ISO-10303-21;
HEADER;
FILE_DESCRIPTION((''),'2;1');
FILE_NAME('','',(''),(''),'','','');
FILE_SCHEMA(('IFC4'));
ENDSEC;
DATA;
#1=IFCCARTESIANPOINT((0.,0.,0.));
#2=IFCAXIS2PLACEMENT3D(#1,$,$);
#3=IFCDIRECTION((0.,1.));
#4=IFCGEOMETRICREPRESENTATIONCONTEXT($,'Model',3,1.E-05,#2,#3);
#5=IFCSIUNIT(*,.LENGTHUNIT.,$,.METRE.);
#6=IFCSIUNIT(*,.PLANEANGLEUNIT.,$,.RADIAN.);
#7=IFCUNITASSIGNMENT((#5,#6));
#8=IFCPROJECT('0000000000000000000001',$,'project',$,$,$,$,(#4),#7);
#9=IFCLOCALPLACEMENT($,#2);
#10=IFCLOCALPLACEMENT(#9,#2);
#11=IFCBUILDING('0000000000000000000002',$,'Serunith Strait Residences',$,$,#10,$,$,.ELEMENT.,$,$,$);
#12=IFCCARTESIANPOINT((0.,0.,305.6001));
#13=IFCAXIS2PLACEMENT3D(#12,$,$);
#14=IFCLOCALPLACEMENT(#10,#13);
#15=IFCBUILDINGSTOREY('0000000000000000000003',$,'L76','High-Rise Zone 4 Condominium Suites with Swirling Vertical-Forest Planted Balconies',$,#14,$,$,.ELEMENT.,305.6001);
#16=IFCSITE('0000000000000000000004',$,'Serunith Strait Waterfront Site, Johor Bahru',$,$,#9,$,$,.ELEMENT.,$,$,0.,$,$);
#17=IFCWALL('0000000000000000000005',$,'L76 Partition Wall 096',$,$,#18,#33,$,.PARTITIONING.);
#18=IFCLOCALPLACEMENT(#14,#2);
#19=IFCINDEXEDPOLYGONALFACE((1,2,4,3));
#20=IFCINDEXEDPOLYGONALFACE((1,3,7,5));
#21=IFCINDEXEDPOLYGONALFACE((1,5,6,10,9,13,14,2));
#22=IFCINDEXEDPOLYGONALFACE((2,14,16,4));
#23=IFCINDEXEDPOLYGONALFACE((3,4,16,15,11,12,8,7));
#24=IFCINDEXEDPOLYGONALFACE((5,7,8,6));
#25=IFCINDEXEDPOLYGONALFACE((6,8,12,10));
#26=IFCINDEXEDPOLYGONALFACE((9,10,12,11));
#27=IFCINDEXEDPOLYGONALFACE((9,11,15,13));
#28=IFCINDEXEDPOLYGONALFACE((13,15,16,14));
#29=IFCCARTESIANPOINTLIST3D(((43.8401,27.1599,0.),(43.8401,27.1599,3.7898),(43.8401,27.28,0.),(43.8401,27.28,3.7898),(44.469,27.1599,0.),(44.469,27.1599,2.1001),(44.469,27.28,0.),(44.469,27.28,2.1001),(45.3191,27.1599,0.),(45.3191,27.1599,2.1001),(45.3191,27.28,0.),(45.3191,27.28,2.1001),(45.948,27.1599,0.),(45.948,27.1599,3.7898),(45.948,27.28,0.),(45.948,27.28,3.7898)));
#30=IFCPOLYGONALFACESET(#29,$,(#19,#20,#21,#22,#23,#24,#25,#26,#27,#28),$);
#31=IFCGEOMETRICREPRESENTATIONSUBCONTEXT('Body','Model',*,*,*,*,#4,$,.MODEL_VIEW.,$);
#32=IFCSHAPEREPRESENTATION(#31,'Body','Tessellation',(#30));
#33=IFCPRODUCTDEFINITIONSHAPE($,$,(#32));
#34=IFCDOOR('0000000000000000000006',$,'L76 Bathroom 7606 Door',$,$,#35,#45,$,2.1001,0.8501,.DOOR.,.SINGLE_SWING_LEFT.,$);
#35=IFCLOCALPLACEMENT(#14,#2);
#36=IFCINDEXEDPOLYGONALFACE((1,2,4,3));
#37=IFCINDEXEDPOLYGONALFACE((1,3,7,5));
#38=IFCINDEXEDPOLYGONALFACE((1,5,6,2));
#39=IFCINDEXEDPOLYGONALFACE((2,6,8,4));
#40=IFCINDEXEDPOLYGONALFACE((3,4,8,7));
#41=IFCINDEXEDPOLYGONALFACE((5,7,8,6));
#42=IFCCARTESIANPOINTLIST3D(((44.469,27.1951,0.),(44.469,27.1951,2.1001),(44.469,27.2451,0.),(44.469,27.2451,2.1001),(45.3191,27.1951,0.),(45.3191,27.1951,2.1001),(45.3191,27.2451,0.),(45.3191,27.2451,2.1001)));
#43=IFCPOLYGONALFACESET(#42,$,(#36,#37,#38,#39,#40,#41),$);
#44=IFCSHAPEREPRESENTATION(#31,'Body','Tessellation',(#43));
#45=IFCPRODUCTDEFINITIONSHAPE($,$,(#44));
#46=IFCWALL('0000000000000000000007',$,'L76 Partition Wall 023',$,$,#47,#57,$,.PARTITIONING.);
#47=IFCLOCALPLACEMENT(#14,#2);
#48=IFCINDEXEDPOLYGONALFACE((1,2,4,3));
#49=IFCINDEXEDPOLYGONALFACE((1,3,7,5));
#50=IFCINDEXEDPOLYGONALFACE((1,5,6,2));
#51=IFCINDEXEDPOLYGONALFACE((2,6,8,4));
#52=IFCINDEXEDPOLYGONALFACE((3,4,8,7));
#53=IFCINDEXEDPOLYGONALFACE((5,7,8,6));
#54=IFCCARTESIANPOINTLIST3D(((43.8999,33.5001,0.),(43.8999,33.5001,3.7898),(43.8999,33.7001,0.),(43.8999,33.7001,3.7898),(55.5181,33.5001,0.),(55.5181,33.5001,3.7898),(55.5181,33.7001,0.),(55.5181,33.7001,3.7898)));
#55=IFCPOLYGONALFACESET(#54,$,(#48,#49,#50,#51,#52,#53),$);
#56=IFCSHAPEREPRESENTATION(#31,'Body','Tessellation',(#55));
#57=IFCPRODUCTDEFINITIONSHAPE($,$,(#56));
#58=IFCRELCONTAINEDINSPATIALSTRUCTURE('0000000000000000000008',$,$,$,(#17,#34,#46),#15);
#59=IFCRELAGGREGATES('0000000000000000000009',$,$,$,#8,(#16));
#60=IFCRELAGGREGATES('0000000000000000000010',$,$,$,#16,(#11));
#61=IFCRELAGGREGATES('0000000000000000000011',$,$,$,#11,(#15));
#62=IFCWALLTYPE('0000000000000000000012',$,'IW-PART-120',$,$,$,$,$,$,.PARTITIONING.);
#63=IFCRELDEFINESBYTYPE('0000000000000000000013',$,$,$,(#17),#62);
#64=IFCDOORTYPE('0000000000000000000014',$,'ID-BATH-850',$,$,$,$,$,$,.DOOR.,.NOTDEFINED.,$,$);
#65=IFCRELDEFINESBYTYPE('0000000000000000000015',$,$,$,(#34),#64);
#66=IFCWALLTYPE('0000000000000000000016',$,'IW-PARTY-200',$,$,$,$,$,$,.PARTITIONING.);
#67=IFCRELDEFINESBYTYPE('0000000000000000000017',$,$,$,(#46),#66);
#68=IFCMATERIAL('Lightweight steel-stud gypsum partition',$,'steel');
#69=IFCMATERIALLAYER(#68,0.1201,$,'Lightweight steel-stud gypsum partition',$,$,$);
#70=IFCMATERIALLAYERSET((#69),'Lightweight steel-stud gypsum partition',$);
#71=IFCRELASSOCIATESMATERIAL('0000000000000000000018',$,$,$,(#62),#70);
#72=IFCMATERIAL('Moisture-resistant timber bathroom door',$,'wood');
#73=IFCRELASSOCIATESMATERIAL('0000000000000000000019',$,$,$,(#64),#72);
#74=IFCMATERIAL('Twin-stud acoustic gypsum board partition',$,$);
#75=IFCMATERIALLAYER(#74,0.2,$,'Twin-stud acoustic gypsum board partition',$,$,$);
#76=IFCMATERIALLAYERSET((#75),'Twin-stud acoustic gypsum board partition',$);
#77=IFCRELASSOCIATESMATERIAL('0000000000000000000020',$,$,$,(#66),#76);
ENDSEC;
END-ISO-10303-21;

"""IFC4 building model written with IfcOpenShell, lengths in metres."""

from ifc_helpers import new_model, si_unit, direction, frame, frame_2d, origin, place, context, subcontext, project, spatial, rectangle, extrude, source, transform, mapped, material, layer, layer_set, type_object, element, fill, save


model = new_model("IFC4")

# Units and contexts
model_context = context("Model", 3, precision=1e-05, world=origin(), true_north=direction((0.0, 1.0)))
body_context = subcontext(model_context, "Body", "Model", "MODEL_VIEW")
ifc_project = project(units=[si_unit("LENGTHUNIT", "METRE"), si_unit("PLANEANGLEUNIT", "RADIAN")], contexts=[model_context])

# Site, building, storey
site_placement = place(None, origin())
site = spatial("IfcSite", under=ifc_project, at=site_placement, Name="Serunith Strait Waterfront Site, Johor Bahru", CompositionType="ELEMENT", RefElevation=0.0)
building_placement = place(site_placement, origin())
building = spatial("IfcBuilding", under=site, at=building_placement, Name="Serunith Strait Residences", CompositionType="ELEMENT")
storey_placement = place(building_placement, frame((0.0, 0.0, 305.6001)))
storey = spatial("IfcBuildingStorey", under=building, at=storey_placement, Name="L76", Description="High-Rise Zone 4 Condominium Suites with Swirling Vertical-Forest Planted Balconies", CompositionType="ELEMENT", Elevation=305.6001)

# Shared definitions
ifc_material_1 = material(Name="Lightweight steel-stud gypsum partition", Category="steel")
ifc_layer_1 = layer(ifc_material_1, 0.1201, Name="Lightweight steel-stud gypsum partition")
ifc_layer_set_1 = layer_set([ifc_layer_1], Name="Lightweight steel-stud gypsum partition")
wall_type_1 = type_object("IfcWallType", Name="IW-PART-120", PredefinedType="PARTITIONING", material=ifc_layer_set_1)

# Shared definitions
ifc_material_2 = material(Name="Moisture-resistant timber bathroom door", Category="wood")
door_type_1 = type_object("IfcDoorType", Name="ID-BATH-850", OperationType="NOTDEFINED", PredefinedType="DOOR", material=ifc_material_2)
shared_shape_1 = source(origin(), body_context, "Body", "SweptSolid", [
    extrude(rectangle(XDim=0.8501, YDim=2.1001, at=frame_2d((0.425, 1.05))), frame((0.0, 0.0249, 0.0), z_axis=(0.0, -1.0, 0.0), x_axis=(1.0, 0.0, 0.0)), (0.0, 0.0, 1.0), 0.05),
])

# Wall, opening, door
wall_1_placement = place(storey_placement, frame((45.948, 27.22, 0.0), z_axis=(0.0, 0.0, 1.0), x_axis=(-1.0, 0.0, 0.0)))
wall_1 = element("IfcWall", 1, at=wall_1_placement, inside=storey, type_object=wall_type_1, Name="L76 Partition Wall 096", PredefinedType="PARTITIONING", context=body_context, shape_type="SweptSolid", body=[
    extrude(rectangle(XDim=2.1079, YDim=0.1201, at=frame_2d((1.054, 0.0))), origin(), (0.0, 0.0, 1.0), 3.7898),
])
opening_1_placement = place(wall_1_placement, frame((0.6289, 0.0, 0.0)))
opening_1 = element("IfcOpeningElement", 2, at=opening_1_placement, cuts=wall_1, PredefinedType="OPENING", context=body_context, shape_type="SweptSolid", body=[
    extrude(rectangle(XDim=0.8501, YDim=2.1001, at=frame_2d((0.425, 1.05))), frame((0.0, 0.0701, 0.0), z_axis=(0.0, -1.0, 0.0), x_axis=(1.0, 0.0, 0.0)), (0.0, 0.0, 1.0), 0.1401),
])
door_1_placement = place(opening_1_placement, origin())
door_1 = element("IfcDoor", 3, at=door_1_placement, inside=storey, type_object=door_type_1, Name="L76 Bathroom 7606 Door", OperationType="SINGLE_SWING_LEFT", OverallHeight=2.1001, OverallWidth=0.8501, PredefinedType="DOOR", context=body_context, shape_type="MappedRepresentation", body=[
    mapped(shared_shape_1, transform((0.0, 0.0, 0.0), scale=1.0)),
])
fill(opening_1, door_1)

# Wall
ifc_material_3 = material(Name="Twin-stud acoustic gypsum board partition")
ifc_layer_2 = layer(ifc_material_3, 0.2, Name="Twin-stud acoustic gypsum board partition")
ifc_layer_set_2 = layer_set([ifc_layer_2], Name="Twin-stud acoustic gypsum board partition")
wall_type_2 = type_object("IfcWallType", Name="IW-PARTY-200", PredefinedType="PARTITIONING", material=ifc_layer_set_2)
wall_2_placement = place(storey_placement, frame((43.8999, 33.6001, 0.0), z_axis=(0.0, 0.0, 1.0), x_axis=(1.0, 0.0, 0.0)))
element("IfcWall", 4, at=wall_2_placement, inside=storey, type_object=wall_type_2, Name="L76 Partition Wall 023", PredefinedType="PARTITIONING", context=body_context, shape_type="SweptSolid", body=[
    extrude(rectangle(XDim=11.6182, YDim=0.2, at=frame_2d((5.8091, 0.0))), origin(), (0.0, 0.0, 1.0), 3.7898),
])

save(model, "model.ifc")
